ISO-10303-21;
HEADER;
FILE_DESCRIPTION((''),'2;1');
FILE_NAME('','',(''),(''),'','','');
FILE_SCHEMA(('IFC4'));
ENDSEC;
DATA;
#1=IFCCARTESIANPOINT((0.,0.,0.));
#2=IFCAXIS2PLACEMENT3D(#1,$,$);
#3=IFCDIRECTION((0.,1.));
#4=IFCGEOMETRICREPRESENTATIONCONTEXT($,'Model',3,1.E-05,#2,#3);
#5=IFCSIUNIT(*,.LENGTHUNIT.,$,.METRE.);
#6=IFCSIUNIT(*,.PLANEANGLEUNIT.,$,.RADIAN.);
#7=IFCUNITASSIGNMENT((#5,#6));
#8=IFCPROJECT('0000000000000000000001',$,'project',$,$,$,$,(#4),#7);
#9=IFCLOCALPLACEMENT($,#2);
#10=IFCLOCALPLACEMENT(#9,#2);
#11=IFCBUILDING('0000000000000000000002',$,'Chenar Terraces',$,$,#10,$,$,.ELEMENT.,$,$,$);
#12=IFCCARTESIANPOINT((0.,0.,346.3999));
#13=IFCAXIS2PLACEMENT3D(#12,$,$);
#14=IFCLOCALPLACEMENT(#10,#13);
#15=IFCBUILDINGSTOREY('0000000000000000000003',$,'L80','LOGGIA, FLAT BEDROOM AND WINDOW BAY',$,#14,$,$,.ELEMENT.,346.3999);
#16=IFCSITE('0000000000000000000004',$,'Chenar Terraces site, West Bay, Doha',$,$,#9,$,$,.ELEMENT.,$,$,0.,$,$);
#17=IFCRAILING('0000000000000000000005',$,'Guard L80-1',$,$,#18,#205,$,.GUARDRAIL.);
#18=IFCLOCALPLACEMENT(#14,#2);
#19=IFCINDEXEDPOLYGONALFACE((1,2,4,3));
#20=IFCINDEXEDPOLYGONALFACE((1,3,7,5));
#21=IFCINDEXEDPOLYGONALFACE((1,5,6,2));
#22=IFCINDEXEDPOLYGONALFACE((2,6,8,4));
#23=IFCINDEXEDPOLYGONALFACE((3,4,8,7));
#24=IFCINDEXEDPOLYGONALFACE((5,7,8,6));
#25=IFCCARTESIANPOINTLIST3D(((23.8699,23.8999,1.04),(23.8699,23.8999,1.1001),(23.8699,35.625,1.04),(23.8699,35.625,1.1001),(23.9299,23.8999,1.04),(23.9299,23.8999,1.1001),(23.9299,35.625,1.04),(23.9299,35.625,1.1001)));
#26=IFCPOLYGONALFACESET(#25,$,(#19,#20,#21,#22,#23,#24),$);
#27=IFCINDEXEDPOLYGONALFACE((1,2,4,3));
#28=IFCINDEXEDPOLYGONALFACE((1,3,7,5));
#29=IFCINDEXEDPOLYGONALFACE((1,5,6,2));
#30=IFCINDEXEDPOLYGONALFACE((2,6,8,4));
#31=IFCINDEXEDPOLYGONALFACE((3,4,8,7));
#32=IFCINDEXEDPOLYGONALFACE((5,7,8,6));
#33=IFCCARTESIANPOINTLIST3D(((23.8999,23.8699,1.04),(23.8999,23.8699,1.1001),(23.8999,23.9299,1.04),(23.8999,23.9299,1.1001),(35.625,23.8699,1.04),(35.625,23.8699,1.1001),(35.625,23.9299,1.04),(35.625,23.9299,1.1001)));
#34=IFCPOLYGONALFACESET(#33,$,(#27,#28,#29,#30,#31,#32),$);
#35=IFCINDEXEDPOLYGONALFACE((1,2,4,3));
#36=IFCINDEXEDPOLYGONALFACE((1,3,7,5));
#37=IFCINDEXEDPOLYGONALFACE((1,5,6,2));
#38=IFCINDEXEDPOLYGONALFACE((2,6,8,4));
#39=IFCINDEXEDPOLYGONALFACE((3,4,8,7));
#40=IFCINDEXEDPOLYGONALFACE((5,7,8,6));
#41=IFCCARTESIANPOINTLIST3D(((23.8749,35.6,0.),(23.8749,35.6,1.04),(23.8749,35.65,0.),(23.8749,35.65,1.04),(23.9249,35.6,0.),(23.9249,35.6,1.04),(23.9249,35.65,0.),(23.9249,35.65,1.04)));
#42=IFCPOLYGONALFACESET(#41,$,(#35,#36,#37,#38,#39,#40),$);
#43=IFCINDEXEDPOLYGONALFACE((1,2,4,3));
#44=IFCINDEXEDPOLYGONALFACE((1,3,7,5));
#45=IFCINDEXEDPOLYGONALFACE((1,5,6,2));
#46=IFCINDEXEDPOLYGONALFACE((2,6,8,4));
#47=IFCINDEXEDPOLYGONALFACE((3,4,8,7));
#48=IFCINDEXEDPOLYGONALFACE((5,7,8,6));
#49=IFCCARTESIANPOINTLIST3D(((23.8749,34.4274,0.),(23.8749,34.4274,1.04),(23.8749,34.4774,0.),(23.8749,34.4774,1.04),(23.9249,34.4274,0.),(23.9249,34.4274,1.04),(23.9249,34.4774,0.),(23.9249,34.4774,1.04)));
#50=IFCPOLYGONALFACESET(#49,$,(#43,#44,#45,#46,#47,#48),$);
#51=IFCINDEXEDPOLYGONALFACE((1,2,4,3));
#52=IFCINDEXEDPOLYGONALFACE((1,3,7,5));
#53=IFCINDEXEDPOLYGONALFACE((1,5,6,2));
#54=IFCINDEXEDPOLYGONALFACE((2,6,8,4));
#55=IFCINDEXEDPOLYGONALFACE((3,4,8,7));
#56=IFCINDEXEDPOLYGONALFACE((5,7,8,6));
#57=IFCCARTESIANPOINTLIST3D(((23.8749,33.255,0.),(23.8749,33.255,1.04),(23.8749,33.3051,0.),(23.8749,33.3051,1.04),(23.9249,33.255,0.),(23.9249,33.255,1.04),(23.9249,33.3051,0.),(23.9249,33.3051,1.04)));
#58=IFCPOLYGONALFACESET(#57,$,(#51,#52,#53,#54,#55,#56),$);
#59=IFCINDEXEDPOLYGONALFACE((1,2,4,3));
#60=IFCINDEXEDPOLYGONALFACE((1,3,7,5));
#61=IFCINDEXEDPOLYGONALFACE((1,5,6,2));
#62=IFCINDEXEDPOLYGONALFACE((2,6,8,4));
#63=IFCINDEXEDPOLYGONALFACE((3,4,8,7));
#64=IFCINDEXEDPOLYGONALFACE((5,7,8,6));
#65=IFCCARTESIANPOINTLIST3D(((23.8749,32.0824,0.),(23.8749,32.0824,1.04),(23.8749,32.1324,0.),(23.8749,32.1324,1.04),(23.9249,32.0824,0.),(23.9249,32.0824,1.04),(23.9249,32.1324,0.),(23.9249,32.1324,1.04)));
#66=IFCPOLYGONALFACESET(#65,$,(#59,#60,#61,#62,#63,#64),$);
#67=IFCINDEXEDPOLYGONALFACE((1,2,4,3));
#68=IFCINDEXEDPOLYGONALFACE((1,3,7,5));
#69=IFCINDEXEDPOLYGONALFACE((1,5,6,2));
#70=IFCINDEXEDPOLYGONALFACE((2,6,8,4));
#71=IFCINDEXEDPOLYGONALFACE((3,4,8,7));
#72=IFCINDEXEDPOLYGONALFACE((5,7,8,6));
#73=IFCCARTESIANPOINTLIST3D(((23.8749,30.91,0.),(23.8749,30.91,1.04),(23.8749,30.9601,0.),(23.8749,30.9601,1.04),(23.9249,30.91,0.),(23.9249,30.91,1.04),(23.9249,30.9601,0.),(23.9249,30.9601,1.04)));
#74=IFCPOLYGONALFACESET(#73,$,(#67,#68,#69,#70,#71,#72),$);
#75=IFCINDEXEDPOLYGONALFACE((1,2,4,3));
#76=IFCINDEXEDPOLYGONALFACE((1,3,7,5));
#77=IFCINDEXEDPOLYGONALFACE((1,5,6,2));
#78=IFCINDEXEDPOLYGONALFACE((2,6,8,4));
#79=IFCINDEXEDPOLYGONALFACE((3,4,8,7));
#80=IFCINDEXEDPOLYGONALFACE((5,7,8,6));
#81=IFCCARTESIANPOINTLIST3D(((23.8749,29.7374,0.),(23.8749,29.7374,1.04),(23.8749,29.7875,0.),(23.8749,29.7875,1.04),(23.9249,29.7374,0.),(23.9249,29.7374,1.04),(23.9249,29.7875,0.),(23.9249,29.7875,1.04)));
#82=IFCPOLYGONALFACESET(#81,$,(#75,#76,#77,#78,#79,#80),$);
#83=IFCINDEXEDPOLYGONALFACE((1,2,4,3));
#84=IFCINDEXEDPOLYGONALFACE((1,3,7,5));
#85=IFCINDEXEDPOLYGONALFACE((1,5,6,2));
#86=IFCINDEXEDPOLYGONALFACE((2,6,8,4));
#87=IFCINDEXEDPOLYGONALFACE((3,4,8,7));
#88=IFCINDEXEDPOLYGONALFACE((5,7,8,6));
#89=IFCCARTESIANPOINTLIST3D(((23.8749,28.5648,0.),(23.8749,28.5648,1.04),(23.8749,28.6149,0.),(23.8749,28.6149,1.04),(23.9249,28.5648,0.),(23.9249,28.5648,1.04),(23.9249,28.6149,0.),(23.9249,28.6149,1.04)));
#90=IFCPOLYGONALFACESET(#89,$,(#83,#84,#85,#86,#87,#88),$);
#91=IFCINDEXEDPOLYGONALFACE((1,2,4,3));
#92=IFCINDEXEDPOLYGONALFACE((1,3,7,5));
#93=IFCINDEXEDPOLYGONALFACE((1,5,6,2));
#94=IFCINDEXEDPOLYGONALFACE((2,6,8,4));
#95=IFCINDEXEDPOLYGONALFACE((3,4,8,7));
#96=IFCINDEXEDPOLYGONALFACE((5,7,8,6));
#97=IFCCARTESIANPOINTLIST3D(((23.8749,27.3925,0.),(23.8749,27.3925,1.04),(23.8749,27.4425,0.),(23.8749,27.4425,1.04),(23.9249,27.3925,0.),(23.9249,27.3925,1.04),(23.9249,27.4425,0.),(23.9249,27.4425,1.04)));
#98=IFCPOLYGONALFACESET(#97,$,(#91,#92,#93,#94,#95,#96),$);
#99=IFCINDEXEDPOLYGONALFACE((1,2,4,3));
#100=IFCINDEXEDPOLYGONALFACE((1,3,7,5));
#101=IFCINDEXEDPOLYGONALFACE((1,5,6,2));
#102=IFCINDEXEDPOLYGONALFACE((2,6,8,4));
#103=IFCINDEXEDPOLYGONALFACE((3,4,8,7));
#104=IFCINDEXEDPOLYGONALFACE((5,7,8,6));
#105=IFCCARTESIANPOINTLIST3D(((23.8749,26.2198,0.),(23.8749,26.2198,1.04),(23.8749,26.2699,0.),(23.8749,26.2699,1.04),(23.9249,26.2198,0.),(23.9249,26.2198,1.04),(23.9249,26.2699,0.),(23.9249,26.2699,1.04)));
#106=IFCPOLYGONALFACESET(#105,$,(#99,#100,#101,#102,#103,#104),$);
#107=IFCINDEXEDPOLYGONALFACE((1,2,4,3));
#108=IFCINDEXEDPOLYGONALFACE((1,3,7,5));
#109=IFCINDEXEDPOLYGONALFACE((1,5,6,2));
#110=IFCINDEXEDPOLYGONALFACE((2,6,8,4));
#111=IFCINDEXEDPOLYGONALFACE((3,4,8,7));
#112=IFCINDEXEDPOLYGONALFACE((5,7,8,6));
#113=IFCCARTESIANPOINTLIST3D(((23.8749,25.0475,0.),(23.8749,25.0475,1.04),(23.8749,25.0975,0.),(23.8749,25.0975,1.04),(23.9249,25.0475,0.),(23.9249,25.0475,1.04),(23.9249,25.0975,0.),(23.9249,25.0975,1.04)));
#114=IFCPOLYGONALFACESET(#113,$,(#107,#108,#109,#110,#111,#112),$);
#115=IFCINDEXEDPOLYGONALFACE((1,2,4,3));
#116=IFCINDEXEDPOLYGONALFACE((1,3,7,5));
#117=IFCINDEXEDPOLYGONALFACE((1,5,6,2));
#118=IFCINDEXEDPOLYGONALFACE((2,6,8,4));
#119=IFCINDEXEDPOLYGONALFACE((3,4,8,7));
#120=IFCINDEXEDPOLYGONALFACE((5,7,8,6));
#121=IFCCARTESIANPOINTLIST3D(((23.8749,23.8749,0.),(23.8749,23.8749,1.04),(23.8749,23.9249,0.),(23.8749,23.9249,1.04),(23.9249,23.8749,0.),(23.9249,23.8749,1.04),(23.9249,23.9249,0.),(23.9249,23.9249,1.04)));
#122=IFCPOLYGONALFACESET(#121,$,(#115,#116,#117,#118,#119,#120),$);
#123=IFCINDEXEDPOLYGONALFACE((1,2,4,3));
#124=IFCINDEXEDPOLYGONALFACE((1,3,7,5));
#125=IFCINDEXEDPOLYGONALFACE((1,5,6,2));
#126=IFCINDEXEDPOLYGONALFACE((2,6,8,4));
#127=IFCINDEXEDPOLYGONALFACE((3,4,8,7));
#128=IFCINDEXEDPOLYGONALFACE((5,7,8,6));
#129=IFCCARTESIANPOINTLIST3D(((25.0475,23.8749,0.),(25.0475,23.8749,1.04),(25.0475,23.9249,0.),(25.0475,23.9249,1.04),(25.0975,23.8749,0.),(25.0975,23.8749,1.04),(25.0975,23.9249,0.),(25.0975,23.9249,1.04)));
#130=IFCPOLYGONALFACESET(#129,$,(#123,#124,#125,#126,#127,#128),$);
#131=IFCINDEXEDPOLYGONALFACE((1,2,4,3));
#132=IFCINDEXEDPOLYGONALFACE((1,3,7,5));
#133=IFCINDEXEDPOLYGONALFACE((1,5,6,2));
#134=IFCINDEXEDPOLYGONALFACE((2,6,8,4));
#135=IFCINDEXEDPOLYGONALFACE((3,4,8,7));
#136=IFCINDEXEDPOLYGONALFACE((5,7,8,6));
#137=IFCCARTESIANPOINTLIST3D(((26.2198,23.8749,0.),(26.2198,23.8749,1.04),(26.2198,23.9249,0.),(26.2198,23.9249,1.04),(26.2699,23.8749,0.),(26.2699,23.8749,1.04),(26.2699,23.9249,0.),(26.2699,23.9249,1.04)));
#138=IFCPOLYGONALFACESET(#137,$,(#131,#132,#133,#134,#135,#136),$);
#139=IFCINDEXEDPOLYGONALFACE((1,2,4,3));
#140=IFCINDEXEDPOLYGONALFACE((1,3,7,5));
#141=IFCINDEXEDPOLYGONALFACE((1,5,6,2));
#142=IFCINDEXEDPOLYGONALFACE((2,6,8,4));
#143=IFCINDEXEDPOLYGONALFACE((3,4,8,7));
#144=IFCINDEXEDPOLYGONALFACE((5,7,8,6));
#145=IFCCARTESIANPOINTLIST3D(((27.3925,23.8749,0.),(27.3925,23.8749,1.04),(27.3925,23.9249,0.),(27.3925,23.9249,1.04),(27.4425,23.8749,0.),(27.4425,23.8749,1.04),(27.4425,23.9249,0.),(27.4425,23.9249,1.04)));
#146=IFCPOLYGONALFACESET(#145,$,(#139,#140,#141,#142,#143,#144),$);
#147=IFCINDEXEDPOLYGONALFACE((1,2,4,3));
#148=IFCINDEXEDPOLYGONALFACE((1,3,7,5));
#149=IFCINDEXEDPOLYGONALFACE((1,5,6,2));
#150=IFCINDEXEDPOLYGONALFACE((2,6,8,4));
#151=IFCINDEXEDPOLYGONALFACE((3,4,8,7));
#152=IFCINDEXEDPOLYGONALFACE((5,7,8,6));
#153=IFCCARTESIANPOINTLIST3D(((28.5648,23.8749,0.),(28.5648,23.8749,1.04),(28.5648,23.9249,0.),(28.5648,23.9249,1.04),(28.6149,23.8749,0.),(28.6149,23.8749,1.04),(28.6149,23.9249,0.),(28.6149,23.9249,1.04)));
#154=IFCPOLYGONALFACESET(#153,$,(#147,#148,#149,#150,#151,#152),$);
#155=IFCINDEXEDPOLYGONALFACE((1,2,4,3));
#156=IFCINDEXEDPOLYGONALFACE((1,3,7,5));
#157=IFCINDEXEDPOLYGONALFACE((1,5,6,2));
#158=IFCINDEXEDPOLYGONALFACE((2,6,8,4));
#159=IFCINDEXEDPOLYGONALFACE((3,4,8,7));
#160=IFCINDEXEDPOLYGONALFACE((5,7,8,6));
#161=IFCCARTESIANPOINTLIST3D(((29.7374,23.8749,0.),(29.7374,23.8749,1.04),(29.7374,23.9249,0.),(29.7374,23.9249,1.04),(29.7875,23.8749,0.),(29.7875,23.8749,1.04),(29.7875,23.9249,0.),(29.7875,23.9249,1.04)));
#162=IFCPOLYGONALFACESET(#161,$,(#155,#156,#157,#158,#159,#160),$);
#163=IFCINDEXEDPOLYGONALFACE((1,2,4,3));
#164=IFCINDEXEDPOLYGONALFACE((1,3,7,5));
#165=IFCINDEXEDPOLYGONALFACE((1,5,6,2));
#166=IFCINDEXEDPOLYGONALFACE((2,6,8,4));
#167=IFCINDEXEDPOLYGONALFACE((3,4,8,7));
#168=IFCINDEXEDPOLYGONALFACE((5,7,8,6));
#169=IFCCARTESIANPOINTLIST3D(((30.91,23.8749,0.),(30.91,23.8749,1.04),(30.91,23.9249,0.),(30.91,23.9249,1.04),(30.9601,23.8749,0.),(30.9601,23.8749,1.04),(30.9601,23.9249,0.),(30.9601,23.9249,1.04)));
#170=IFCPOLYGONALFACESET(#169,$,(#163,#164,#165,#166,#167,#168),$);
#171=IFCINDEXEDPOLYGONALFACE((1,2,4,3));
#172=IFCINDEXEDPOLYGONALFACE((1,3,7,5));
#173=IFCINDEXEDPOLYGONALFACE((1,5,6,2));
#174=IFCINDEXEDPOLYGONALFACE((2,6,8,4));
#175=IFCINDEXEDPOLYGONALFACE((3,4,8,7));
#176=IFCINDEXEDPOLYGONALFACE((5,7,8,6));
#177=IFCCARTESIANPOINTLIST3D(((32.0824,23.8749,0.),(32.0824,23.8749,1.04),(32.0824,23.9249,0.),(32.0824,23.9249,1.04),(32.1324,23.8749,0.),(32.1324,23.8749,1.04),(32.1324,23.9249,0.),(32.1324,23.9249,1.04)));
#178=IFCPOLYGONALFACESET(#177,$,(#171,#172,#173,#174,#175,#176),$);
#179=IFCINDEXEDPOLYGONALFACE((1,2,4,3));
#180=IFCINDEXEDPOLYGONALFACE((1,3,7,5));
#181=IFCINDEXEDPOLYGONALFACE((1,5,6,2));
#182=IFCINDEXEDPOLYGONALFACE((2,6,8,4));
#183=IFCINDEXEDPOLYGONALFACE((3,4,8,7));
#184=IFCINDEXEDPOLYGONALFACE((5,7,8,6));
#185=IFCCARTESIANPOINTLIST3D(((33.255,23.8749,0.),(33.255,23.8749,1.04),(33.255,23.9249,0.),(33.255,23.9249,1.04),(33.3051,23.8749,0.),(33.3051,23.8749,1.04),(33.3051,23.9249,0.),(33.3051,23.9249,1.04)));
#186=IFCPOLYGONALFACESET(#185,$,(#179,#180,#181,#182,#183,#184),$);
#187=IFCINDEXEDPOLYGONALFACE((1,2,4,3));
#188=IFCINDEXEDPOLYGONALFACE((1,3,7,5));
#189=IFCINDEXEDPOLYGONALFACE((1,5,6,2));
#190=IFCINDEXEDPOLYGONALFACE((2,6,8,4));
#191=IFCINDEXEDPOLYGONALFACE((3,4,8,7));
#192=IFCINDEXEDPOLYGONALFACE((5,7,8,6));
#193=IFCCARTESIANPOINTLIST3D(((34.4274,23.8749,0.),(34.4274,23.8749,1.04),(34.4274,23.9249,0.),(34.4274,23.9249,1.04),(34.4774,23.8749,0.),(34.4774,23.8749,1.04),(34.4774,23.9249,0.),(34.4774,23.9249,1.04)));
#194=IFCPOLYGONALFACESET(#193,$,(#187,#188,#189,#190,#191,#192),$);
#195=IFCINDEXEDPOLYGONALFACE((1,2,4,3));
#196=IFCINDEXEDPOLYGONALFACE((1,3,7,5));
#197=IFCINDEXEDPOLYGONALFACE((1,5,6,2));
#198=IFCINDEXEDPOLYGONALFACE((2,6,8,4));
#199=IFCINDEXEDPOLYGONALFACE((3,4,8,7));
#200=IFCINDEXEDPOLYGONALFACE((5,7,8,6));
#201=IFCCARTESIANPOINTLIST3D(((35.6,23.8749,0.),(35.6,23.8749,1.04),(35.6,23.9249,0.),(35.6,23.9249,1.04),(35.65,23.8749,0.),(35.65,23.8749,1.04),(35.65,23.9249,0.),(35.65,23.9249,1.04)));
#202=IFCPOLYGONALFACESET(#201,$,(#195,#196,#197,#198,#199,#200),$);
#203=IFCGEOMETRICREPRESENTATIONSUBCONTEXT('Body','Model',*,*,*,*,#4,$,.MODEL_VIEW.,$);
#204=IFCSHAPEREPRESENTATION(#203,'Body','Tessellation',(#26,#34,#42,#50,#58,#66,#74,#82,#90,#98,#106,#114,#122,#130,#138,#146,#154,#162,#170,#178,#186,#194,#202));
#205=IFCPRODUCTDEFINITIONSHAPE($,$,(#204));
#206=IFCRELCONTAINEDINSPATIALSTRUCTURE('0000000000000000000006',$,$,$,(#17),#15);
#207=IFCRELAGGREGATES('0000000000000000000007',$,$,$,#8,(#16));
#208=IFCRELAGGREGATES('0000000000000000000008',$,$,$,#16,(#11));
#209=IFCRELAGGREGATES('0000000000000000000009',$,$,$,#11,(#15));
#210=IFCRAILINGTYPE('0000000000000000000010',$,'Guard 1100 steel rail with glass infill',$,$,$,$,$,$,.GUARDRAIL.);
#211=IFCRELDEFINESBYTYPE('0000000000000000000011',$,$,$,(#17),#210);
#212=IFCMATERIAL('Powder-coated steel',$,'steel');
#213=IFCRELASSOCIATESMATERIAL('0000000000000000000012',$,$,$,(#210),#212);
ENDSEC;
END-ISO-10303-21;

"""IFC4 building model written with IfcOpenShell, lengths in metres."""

from ifc_helpers import new_model, si_unit, direction, frame, origin, origin_2d, place, context, subcontext, project, spatial, rectangle, extrude, material, type_object, element, save


model = new_model("IFC4")

# Units and contexts
model_context = context("Model", 3, precision=1e-05, world=origin(), true_north=direction((0.0, 1.0)))
body_context = subcontext(model_context, "Body", "Model", "MODEL_VIEW")
ifc_project = project(units=[si_unit("LENGTHUNIT", "METRE"), si_unit("PLANEANGLEUNIT", "RADIAN")], contexts=[model_context])

# Site, building, storey
site_placement = place(None, origin())
site = spatial("IfcSite", under=ifc_project, at=site_placement, Name="Chenar Terraces site, West Bay, Doha", CompositionType="ELEMENT", RefElevation=0.0)
building_placement = place(site_placement, origin())
building = spatial("IfcBuilding", under=site, at=building_placement, Name="Chenar Terraces", CompositionType="ELEMENT")
storey_placement = place(building_placement, frame((0.0, 0.0, 346.3999)))
storey = spatial("IfcBuildingStorey", under=building, at=storey_placement, Name="L80", Description="LOGGIA, FLAT BEDROOM AND WINDOW BAY", CompositionType="ELEMENT", Elevation=346.3999)

# Railing
ifc_material_1 = material(Name="Powder-coated steel", Category="steel")
railing_type = type_object("IfcRailingType", Name="Guard 1100 steel rail with glass infill", PredefinedType="GUARDRAIL", material=ifc_material_1)
railing_placement = place(storey_placement, frame((23.8999, 35.625, 0.0)))
element("IfcRailing", 1, at=railing_placement, inside=storey, type_object=railing_type, Name="Guard L80-1", PredefinedType="GUARDRAIL", context=body_context, shape_type="SweptSolid", body=[
    extrude(rectangle(XDim=0.0601, YDim=0.0601, at=origin_2d()), frame((0.0, 0.0, 1.0701), z_axis=(0.0, -1.0, 0.0), x_axis=(1.0, 0.0, 0.0)), (0.0, 0.0, 1.0), 11.7251),
    extrude(rectangle(XDim=0.0601, YDim=0.0601, at=origin_2d()), frame((0.0, -11.7251, 1.0701), z_axis=(1.0, 0.0, 0.0), x_axis=(0.0, 1.0, 0.0)), (0.0, 0.0, 1.0), 11.7251),
    extrude(rectangle(XDim=0.05, YDim=0.05, at=origin_2d()), origin(), (0.0, 0.0, 1.0), 1.04),
    extrude(rectangle(XDim=0.05, YDim=0.05, at=origin_2d()), frame((0.0, -1.1726, 0.0)), (0.0, 0.0, 1.0), 1.04),
    extrude(rectangle(XDim=0.05, YDim=0.05, at=origin_2d()), frame((0.0, -2.345, 0.0)), (0.0, 0.0, 1.0), 1.04),
    extrude(rectangle(XDim=0.05, YDim=0.05, at=origin_2d()), frame((0.0, -3.5176, 0.0)), (0.0, 0.0, 1.0), 1.04),
    extrude(rectangle(XDim=0.05, YDim=0.05, at=origin_2d()), frame((0.0, -4.6899, 0.0)), (0.0, 0.0, 1.0), 1.04),
    extrude(rectangle(XDim=0.05, YDim=0.05, at=origin_2d()), frame((0.0, -5.8625, 0.0)), (0.0, 0.0, 1.0), 1.04),
    extrude(rectangle(XDim=0.05, YDim=0.05, at=origin_2d()), frame((0.0, -7.0352, 0.0)), (0.0, 0.0, 1.0), 1.04),
    extrude(rectangle(XDim=0.05, YDim=0.05, at=origin_2d()), frame((0.0, -8.2075, 0.0)), (0.0, 0.0, 1.0), 1.04),
    extrude(rectangle(XDim=0.05, YDim=0.05, at=origin_2d()), frame((0.0, -9.3801, 0.0)), (0.0, 0.0, 1.0), 1.04),
    extrude(rectangle(XDim=0.05, YDim=0.05, at=origin_2d()), frame((0.0, -10.5525, 0.0)), (0.0, 0.0, 1.0), 1.04),
    extrude(rectangle(XDim=0.05, YDim=0.05, at=origin_2d()), frame((0.0, -11.7251, 0.0)), (0.0, 0.0, 1.0), 1.04),
    extrude(rectangle(XDim=0.05, YDim=0.05, at=origin_2d()), frame((1.1726, -11.7251, 0.0)), (0.0, 0.0, 1.0), 1.04),
    extrude(rectangle(XDim=0.05, YDim=0.05, at=origin_2d()), frame((2.345, -11.7251, 0.0)), (0.0, 0.0, 1.0), 1.04),
    extrude(rectangle(XDim=0.05, YDim=0.05, at=origin_2d()), frame((3.5176, -11.7251, 0.0)), (0.0, 0.0, 1.0), 1.04),
    extrude(rectangle(XDim=0.05, YDim=0.05, at=origin_2d()), frame((4.6899, -11.7251, 0.0)), (0.0, 0.0, 1.0), 1.04),
    extrude(rectangle(XDim=0.05, YDim=0.05, at=origin_2d()), frame((5.8625, -11.7251, 0.0)), (0.0, 0.0, 1.0), 1.04),
    extrude(rectangle(XDim=0.05, YDim=0.05, at=origin_2d()), frame((7.0352, -11.7251, 0.0)), (0.0, 0.0, 1.0), 1.04),
    extrude(rectangle(XDim=0.05, YDim=0.05, at=origin_2d()), frame((8.2075, -11.7251, 0.0)), (0.0, 0.0, 1.0), 1.04),
    extrude(rectangle(XDim=0.05, YDim=0.05, at=origin_2d()), frame((9.3801, -11.7251, 0.0)), (0.0, 0.0, 1.0), 1.04),
    extrude(rectangle(XDim=0.05, YDim=0.05, at=origin_2d()), frame((10.5525, -11.7251, 0.0)), (0.0, 0.0, 1.0), 1.04),
    extrude(rectangle(XDim=0.05, YDim=0.05, at=origin_2d()), frame((11.7251, -11.7251, 0.0)), (0.0, 0.0, 1.0), 1.04),
])

save(model, "model.ifc")
